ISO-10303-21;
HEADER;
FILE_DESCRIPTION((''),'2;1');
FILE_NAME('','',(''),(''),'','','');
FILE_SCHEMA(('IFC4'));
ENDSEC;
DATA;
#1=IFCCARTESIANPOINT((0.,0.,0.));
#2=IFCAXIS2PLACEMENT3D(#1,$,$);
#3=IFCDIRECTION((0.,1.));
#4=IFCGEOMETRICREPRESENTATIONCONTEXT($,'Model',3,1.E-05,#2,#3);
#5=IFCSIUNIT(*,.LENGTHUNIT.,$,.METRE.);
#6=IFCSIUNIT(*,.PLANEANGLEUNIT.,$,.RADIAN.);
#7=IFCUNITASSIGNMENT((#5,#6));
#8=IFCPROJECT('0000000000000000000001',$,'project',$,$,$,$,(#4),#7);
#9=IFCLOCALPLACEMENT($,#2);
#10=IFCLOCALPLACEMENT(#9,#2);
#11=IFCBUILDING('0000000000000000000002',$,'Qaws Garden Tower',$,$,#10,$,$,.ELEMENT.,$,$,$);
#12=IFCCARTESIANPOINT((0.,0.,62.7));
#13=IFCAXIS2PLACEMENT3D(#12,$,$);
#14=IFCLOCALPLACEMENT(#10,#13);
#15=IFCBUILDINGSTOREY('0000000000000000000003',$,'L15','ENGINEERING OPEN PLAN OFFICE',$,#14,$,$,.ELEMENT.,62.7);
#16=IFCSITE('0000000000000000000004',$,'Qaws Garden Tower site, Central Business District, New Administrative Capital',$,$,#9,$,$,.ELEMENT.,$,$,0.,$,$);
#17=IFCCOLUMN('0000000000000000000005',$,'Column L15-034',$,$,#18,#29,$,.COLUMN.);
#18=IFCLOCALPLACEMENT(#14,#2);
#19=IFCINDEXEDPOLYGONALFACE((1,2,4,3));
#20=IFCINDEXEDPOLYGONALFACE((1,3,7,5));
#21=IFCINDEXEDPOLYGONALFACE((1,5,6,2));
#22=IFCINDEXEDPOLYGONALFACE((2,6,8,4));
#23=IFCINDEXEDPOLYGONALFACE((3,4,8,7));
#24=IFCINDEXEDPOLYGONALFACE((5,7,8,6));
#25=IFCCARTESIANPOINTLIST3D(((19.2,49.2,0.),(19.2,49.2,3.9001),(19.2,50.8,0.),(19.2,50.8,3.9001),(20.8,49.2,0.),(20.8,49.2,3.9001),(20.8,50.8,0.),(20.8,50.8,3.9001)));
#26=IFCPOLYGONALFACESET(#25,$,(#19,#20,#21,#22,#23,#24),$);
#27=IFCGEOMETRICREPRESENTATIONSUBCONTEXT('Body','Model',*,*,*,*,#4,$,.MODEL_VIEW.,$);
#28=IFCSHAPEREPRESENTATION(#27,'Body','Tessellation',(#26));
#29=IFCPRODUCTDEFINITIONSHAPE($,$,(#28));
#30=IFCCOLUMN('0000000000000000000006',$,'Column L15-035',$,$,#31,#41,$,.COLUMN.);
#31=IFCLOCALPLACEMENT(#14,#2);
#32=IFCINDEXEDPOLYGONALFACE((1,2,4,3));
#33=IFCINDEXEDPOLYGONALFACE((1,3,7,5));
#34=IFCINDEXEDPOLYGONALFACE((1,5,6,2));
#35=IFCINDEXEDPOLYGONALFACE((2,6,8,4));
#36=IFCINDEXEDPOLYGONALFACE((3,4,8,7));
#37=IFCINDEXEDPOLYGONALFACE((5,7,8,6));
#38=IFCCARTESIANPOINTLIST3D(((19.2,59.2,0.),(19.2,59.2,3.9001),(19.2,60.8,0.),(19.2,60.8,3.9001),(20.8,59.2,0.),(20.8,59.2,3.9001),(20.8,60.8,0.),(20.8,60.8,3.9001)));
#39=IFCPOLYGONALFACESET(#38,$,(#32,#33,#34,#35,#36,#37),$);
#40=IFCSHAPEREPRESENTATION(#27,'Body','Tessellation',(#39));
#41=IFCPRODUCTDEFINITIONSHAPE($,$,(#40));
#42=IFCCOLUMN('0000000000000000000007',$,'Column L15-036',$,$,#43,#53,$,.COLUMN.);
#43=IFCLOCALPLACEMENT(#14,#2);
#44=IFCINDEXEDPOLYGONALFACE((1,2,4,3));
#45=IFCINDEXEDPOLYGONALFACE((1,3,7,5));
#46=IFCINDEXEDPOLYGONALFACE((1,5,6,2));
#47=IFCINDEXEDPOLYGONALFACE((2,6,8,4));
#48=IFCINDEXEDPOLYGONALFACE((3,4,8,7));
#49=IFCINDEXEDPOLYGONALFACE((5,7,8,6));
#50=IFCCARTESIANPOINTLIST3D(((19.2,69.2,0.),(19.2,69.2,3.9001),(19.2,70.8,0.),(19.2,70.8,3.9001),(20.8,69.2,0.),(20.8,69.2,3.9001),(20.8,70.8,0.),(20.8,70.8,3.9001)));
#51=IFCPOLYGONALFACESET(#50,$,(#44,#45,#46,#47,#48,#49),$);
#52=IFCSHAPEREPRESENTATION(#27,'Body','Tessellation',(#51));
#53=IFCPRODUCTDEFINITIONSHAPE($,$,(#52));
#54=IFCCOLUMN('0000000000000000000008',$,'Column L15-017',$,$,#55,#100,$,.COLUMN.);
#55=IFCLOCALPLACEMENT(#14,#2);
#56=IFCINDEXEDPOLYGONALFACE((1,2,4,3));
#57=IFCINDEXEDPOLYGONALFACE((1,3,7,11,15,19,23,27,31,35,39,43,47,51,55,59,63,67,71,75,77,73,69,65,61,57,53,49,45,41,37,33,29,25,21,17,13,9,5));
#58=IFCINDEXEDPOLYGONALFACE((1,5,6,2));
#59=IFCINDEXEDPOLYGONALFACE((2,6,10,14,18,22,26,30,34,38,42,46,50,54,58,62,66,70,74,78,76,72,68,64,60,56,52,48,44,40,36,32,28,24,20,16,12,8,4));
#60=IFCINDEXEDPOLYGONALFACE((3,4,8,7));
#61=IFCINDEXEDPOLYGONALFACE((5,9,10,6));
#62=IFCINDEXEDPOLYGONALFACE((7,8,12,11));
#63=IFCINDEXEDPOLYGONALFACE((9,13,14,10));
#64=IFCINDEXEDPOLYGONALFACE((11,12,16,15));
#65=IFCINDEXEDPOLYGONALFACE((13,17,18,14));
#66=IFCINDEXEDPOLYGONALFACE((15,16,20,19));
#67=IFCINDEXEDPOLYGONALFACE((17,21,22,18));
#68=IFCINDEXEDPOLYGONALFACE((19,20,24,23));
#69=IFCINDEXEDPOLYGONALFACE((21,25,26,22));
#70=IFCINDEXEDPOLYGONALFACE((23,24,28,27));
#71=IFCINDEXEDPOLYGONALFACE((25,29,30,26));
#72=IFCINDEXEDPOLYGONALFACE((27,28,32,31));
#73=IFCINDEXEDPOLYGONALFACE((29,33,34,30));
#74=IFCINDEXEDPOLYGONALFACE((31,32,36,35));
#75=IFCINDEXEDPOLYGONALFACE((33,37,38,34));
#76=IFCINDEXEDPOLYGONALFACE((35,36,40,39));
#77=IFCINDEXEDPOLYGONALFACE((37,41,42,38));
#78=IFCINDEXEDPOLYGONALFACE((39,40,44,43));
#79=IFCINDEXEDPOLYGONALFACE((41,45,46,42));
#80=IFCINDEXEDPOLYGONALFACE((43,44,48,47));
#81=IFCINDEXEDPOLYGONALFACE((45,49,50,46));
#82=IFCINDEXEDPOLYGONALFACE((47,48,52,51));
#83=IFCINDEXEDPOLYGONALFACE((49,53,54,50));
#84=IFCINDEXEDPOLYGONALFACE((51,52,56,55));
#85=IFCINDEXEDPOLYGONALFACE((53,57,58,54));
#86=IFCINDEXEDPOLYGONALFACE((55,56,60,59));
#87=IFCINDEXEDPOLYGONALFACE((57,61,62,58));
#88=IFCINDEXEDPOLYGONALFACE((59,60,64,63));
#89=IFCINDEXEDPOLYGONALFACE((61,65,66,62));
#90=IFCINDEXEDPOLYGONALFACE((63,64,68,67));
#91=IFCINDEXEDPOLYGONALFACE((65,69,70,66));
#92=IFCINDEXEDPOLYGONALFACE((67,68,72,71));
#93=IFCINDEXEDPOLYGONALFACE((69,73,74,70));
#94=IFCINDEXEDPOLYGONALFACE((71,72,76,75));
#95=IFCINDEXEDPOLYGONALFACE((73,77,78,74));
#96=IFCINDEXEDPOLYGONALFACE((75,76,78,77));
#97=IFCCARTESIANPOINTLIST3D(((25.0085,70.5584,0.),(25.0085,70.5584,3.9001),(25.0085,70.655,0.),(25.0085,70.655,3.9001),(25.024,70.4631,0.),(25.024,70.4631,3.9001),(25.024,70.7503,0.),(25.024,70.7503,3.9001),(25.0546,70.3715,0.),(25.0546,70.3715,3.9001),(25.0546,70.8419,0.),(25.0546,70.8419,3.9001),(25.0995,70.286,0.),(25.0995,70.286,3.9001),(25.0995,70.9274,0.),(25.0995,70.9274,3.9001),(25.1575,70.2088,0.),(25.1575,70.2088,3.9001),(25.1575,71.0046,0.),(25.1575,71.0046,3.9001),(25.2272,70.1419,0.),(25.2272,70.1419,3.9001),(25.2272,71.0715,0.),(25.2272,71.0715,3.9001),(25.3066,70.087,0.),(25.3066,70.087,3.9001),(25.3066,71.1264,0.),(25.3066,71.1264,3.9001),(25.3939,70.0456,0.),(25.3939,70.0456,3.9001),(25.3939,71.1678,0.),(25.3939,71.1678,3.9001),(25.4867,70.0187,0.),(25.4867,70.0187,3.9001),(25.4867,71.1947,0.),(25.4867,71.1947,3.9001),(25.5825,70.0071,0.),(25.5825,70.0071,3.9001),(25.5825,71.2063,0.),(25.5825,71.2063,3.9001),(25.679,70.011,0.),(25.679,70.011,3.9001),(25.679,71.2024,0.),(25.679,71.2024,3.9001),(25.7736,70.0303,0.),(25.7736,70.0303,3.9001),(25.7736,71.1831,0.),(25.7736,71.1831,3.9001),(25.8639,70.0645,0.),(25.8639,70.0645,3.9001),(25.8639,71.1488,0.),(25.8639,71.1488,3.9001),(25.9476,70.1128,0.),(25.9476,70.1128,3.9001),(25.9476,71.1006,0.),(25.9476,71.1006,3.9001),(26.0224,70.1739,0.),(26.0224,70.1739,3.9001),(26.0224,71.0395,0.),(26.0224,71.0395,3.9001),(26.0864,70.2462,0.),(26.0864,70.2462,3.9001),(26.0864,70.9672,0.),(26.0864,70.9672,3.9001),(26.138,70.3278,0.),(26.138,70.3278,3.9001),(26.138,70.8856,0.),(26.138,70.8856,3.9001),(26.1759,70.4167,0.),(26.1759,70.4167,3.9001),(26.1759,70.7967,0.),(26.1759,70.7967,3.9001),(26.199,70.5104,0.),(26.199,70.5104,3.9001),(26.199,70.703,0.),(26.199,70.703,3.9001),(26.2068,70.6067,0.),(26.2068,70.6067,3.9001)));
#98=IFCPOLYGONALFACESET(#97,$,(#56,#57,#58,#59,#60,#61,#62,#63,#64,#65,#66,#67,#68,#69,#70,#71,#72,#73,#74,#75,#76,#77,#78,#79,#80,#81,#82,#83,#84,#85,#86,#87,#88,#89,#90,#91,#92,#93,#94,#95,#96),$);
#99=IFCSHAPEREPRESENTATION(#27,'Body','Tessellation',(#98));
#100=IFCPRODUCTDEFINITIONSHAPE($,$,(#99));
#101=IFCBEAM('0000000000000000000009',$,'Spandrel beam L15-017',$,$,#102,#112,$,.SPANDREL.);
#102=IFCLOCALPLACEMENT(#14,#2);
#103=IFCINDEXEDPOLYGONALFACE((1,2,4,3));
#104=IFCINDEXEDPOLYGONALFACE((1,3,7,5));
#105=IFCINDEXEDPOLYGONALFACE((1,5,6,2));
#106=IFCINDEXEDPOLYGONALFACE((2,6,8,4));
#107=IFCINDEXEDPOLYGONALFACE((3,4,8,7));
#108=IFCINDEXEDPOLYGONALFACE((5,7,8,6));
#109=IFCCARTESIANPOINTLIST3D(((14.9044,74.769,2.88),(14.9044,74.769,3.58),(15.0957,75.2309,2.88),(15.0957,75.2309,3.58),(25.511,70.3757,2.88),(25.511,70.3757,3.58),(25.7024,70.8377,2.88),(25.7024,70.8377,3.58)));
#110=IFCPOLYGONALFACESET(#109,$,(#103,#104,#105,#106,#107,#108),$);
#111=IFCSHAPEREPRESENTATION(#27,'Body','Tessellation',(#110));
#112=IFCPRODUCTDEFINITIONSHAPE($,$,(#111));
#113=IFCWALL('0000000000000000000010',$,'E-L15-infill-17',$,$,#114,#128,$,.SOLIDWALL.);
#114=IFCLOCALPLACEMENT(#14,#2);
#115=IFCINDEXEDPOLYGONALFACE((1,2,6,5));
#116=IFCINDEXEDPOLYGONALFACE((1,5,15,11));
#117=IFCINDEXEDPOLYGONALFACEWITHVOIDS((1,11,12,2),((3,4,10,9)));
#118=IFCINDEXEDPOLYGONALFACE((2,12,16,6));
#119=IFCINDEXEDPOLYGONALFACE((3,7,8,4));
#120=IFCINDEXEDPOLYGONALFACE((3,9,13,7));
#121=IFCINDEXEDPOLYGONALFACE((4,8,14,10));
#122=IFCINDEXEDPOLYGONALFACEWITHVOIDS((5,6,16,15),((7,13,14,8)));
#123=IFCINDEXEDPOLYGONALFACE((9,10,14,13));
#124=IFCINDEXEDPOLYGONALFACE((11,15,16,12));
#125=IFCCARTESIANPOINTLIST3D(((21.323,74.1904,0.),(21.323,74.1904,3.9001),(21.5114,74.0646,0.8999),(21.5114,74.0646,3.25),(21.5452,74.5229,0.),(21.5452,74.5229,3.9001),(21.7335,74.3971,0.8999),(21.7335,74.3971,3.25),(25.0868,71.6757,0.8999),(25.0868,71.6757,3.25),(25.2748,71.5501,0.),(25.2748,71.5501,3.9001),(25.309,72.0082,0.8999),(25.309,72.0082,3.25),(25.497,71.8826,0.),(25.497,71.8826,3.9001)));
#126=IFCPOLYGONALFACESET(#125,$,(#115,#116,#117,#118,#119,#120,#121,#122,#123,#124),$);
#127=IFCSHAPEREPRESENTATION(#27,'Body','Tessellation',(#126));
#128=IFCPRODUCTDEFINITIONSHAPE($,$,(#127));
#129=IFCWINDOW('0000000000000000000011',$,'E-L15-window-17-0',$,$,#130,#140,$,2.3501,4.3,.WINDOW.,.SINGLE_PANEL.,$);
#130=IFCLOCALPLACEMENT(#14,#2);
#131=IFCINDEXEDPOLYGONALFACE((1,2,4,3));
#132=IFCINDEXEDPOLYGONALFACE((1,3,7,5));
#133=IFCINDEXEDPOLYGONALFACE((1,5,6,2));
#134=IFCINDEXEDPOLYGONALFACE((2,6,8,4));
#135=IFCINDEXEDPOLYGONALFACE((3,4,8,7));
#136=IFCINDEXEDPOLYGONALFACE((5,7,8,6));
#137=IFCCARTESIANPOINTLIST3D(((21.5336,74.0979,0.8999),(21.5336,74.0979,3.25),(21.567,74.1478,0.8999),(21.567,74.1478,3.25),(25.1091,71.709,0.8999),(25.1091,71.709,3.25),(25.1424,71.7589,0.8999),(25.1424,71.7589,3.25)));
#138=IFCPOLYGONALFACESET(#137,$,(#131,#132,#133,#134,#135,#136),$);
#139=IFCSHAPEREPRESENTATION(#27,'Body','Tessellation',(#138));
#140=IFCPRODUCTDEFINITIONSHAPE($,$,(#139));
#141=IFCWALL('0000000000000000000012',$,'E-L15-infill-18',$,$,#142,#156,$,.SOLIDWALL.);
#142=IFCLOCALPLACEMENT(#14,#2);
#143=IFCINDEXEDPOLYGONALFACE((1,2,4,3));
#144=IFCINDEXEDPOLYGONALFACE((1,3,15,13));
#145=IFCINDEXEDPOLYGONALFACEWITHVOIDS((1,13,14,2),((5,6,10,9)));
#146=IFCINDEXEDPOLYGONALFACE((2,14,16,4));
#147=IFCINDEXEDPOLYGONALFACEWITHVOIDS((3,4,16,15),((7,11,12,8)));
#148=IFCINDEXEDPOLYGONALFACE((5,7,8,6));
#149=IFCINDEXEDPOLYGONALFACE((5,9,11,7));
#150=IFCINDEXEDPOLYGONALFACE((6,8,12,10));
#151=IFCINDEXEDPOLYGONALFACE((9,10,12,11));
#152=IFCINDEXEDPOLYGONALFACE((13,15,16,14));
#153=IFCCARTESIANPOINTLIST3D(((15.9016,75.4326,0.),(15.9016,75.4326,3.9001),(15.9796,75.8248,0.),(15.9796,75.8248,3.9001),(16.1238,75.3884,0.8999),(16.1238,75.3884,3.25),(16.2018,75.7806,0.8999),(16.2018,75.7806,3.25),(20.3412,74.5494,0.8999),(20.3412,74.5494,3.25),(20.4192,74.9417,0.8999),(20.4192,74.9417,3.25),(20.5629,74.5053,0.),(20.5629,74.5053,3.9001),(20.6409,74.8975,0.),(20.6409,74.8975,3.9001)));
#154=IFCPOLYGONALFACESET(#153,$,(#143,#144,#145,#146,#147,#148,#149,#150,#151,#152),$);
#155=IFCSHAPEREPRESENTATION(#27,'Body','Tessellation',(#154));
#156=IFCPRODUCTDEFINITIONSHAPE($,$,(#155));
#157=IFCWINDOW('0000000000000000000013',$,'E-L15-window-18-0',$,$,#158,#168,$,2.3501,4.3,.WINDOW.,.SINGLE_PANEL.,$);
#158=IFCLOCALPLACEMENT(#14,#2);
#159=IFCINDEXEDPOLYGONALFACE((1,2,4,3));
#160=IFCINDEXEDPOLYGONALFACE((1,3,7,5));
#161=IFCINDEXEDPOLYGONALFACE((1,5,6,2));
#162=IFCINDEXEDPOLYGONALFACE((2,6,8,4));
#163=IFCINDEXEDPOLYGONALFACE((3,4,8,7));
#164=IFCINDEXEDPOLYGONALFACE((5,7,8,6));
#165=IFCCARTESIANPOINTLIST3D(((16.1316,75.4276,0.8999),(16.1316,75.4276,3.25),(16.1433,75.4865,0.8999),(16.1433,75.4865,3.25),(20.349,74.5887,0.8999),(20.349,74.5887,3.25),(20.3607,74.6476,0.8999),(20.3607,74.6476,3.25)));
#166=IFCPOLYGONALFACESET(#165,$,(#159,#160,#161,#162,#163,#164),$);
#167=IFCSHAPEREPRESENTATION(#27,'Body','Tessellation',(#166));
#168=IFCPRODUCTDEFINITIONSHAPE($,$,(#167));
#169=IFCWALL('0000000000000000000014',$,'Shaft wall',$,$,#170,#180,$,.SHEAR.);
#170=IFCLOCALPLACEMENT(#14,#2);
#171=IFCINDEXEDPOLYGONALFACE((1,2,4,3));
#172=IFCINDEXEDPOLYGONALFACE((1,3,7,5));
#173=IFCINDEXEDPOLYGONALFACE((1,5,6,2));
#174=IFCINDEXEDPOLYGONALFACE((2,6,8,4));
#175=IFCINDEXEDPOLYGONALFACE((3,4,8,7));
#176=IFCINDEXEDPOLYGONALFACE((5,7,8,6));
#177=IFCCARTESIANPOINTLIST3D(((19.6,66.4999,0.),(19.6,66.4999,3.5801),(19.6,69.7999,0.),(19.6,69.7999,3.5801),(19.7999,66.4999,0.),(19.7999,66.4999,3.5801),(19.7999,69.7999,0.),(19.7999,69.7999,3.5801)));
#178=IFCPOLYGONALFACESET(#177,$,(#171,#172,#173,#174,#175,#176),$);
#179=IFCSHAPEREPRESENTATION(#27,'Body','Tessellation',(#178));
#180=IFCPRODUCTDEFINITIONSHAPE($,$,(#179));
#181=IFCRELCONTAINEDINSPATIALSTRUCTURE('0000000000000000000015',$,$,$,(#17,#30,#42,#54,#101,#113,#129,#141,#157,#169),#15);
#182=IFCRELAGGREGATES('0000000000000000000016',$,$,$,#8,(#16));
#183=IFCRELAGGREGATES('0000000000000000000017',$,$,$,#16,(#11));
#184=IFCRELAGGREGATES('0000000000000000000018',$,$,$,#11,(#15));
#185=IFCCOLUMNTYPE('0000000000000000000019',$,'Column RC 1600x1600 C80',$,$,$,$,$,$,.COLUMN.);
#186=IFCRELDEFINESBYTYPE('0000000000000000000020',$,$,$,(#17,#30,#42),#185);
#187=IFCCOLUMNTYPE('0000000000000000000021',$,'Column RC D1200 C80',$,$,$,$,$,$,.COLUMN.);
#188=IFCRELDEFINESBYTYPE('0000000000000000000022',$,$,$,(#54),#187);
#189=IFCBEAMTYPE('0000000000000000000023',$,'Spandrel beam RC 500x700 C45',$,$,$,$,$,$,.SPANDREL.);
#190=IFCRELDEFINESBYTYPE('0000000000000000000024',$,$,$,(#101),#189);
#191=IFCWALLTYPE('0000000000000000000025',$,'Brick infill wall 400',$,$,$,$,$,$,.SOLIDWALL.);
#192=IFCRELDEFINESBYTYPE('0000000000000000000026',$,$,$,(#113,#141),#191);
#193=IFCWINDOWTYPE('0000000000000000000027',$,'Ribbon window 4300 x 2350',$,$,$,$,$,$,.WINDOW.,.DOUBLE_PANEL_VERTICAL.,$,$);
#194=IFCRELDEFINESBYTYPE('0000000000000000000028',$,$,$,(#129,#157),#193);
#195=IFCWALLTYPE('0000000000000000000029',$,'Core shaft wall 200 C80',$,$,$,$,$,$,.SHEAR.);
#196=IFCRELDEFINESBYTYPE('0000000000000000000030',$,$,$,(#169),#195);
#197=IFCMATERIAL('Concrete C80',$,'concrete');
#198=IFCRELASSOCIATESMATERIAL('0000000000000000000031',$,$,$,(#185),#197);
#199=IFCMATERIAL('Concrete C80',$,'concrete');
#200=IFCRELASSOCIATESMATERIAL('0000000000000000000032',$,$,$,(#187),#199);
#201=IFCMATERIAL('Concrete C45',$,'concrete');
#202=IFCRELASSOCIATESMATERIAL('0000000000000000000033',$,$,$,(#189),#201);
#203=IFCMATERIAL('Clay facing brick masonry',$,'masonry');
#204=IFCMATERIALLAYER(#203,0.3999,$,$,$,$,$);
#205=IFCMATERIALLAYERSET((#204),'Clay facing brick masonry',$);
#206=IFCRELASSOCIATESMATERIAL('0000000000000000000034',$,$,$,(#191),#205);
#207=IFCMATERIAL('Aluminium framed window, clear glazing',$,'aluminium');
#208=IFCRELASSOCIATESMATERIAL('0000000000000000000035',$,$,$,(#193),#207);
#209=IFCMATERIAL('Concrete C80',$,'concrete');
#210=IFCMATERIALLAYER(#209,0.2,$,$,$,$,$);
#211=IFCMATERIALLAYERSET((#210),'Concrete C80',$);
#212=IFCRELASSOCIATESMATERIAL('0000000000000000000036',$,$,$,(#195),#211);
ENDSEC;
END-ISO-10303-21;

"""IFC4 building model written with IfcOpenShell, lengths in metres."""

from ifc_helpers import new_model, si_unit, direction, frame, frame_2d, origin, origin_2d, place, context, subcontext, project, spatial, rectangle, circle, extrude, material, layer, layer_set, material_profile, profile_set, type_object, element, fill, save


model = new_model("IFC4")

# Units and contexts
model_context = context("Model", 3, precision=1e-05, world=origin(), true_north=direction((0.0, 1.0)))
body_context = subcontext(model_context, "Body", "Model", "MODEL_VIEW")
ifc_project = project(units=[si_unit("LENGTHUNIT", "METRE"), si_unit("PLANEANGLEUNIT", "RADIAN")], contexts=[model_context])

# Site, building, storey
site_placement = place(None, origin())
site = spatial("IfcSite", under=ifc_project, at=site_placement, Name="Qaws Garden Tower site, Central Business District, New Administrative Capital", CompositionType="ELEMENT", RefElevation=0.0)
building_placement = place(site_placement, origin())
building = spatial("IfcBuilding", under=site, at=building_placement, Name="Qaws Garden Tower", CompositionType="ELEMENT")
storey_placement = place(building_placement, frame((0.0, 0.0, 62.7)))
storey = spatial("IfcBuildingStorey", under=building, at=storey_placement, Name="L15", Description="ENGINEERING OPEN PLAN OFFICE", CompositionType="ELEMENT", Elevation=62.7)

# Columns
ifc_material_1 = material(Name="Concrete C80", Category="concrete")
ifc_material_profile_1 = material_profile(ifc_material_1, rectangle(XDim=1.6001, YDim=1.6001, at=origin_2d()), Name="RC 1600x1600")
ifc_profile_set_1 = profile_set([ifc_material_profile_1], Name="Concrete C80")
column_type_1 = type_object("IfcColumnType", Name="Column RC 1600x1600 C80", PredefinedType="COLUMN", material=ifc_profile_set_1)
for number, where, z_axis, x_axis, name in (
    (1, (20.0, 50.0, 0.0), (0.0, 0.0, 1.0), (1.0, 0.0, 0.0), "Column L15-034"),
    (2, (20.0, 60.0, 0.0), (0.0, 0.0, 1.0), (1.0, 0.0, 0.0), "Column L15-035"),
    (3, (20.0, 70.0, 0.0), (0.0, 0.0, 1.0), (1.0, 0.0, 0.0), "Column L15-036"),
):
    element("IfcColumn", number, at=place(storey_placement, frame(where, z_axis=z_axis, x_axis=x_axis)), inside=storey, type_object=column_type_1, Name=name, PredefinedType="COLUMN", context=body_context, shape_type="SweptSolid", body=[
        extrude(rectangle(XDim=1.6001, YDim=1.6001, at=origin_2d()), origin(), (0.0, 0.0, 1.0), 3.9001),
    ])
ifc_material_2 = material(Name="Concrete C80", Category="concrete")
ifc_material_profile_2 = material_profile(ifc_material_2, circle(Radius=0.6001, at=origin_2d()), Name="RC D1200")
ifc_profile_set_2 = profile_set([ifc_material_profile_2], Name="Concrete C80")
column_type_2 = type_object("IfcColumnType", Name="Column RC D1200 C80", PredefinedType="COLUMN", material=ifc_profile_set_2)
column_placement = place(storey_placement, frame((25.6067, 70.6067, 0.0), z_axis=(0.0, 0.0, 1.0), x_axis=(1.0, 0.0, 0.0)))
element("IfcColumn", 4, at=column_placement, inside=storey, type_object=column_type_2, Name="Column L15-017", PredefinedType="COLUMN", context=body_context, shape_type="SweptSolid", body=[
    extrude(circle(Radius=0.6001, at=origin_2d()), origin(), (0.0, 0.0, 1.0), 3.9001),
])

# Beam
ifc_material_3 = material(Name="Concrete C45", Category="concrete")
ifc_material_profile_3 = material_profile(ifc_material_3, rectangle(XDim=0.5, YDim=0.7, at=origin_2d()), Name="RC 500x700")
ifc_profile_set_3 = profile_set([ifc_material_profile_3], Name="Concrete C45")
beam_type = type_object("IfcBeamType", Name="Spandrel beam RC 500x700 C45", PredefinedType="SPANDREL", material=ifc_profile_set_3)
beam_placement = place(storey_placement, frame((25.6067, 70.6067, 3.23), z_axis=(-0.923883, 0.382674, 0.0), x_axis=(-0.382674, -0.923883, 0.0)))
element("IfcBeam", 5, at=beam_placement, inside=storey, type_object=beam_type, Name="Spandrel beam L15-017", PredefinedType="SPANDREL", context=body_context, shape_type="SweptSolid", body=[
    extrude(rectangle(XDim=0.5, YDim=0.7, at=origin_2d()), origin(), (0.0, 0.0, 1.0), 11.4805),
])

# Walls, openings, windows
ifc_material_4 = material(Name="Clay facing brick masonry", Category="masonry")
ifc_layer_1 = layer(ifc_material_4, 0.3999)
ifc_layer_set_1 = layer_set([ifc_layer_1], Name="Clay facing brick masonry")
wall_type_1 = type_object("IfcWallType", Name="Brick infill wall 400", PredefinedType="SOLIDWALL", material=ifc_layer_set_1)
wall_1_placement = place(storey_placement, frame((25.386, 71.7163, 0.0), z_axis=(0.0, 0.0, 1.0), x_axis=(-0.831489, 0.555542, 0.0)))
wall_1 = element("IfcWall", 6, at=wall_1_placement, inside=storey, type_object=wall_type_1, Name="E-L15-infill-17", PredefinedType="SOLIDWALL", context=body_context, shape_type="SweptSolid", body=[
    extrude(rectangle(XDim=4.7527, YDim=0.3999, at=frame_2d((2.3765, 0.0))), origin(), (0.0, 0.0, 1.0), 3.9001),
])
opening_1_placement = place(wall_1_placement, frame((0.2263, 0.0, 0.8999)))
opening_1 = element("IfcOpeningElement", 7, at=opening_1_placement, cuts=wall_1, PredefinedType="OPENING", context=body_context, shape_type="SweptSolid", body=[
    extrude(rectangle(XDim=4.3, YDim=2.3501, at=frame_2d((2.1499, 1.175))), frame((0.0, 0.21, 0.0), z_axis=(0.0, -1.0, 0.0), x_axis=(1.0, 0.0, 0.0)), (0.0, 0.0, 1.0), 0.4199),
])
ifc_material_5 = material(Name="Aluminium framed window, clear glazing", Category="aluminium")
window_type = type_object("IfcWindowType", Name="Ribbon window 4300 x 2350", PartitioningType="DOUBLE_PANEL_VERTICAL", PredefinedType="WINDOW", material=ifc_material_5)
window_1_placement = place(opening_1_placement, origin())
window_1 = element("IfcWindow", 8, at=window_1_placement, inside=storey, type_object=window_type, Name="E-L15-window-17-0", OverallHeight=2.3501, OverallWidth=4.3, PartitioningType="SINGLE_PANEL", PredefinedType="WINDOW", context=body_context, shape_type="SweptSolid", body=[
    extrude(rectangle(XDim=4.3, YDim=2.3501, at=frame_2d((2.1499, 1.175))), frame((0.0, 0.1599, 0.0), z_axis=(0.0, -1.0, 0.0), x_axis=(1.0, 0.0, 0.0)), (0.0, 0.0, 1.0), 0.0601),
])
fill(opening_1, window_1)
wall_2_placement = place(storey_placement, frame((20.6021, 74.7014, 0.0), z_axis=(0.0, 0.0, 1.0), x_axis=(-0.980784, 0.195099, 0.0)))
wall_2 = element("IfcWall", 9, at=wall_2_placement, inside=storey, type_object=wall_type_1, Name="E-L15-infill-18", PredefinedType="SOLIDWALL", context=body_context, shape_type="SweptSolid", body=[
    extrude(rectangle(XDim=4.7527, YDim=0.3999, at=frame_2d((2.3765, 0.0))), origin(), (0.0, 0.0, 1.0), 3.9001),
])
opening_2_placement = place(wall_2_placement, frame((0.2263, 0.0, 0.8999)))
opening_2 = element("IfcOpeningElement", 10, at=opening_2_placement, cuts=wall_2, PredefinedType="OPENING", context=body_context, shape_type="SweptSolid", body=[
    extrude(rectangle(XDim=4.3, YDim=2.3501, at=frame_2d((2.1499, 1.175))), frame((0.0, 0.21, 0.0), z_axis=(0.0, -1.0, 0.0), x_axis=(1.0, 0.0, 0.0)), (0.0, 0.0, 1.0), 0.4199),
])
window_2_placement = place(opening_2_placement, origin())
window_2 = element("IfcWindow", 11, at=window_2_placement, inside=storey, type_object=window_type, Name="E-L15-window-18-0", OverallHeight=2.3501, OverallWidth=4.3, PartitioningType="SINGLE_PANEL", PredefinedType="WINDOW", context=body_context, shape_type="SweptSolid", body=[
    extrude(rectangle(XDim=4.3, YDim=2.3501, at=frame_2d((2.1499, 1.175))), frame((0.0, 0.1599, 0.0), z_axis=(0.0, -1.0, 0.0), x_axis=(1.0, 0.0, 0.0)), (0.0, 0.0, 1.0), 0.0601),
])
fill(opening_2, window_2)

# Wall
ifc_material_6 = material(Name="Concrete C80", Category="concrete")
ifc_layer_2 = layer(ifc_material_6, 0.2)
ifc_layer_set_2 = layer_set([ifc_layer_2], Name="Concrete C80")
wall_type_2 = type_object("IfcWallType", Name="Core shaft wall 200 C80", PredefinedType="SHEAR", material=ifc_layer_set_2)
wall_3_placement = place(storey_placement, frame((19.7, 66.5, 0.0), z_axis=(0.0, 0.0, 1.0), x_axis=(0.0, 1.0, 0.0)))
element("IfcWall", 12, at=wall_3_placement, inside=storey, type_object=wall_type_2, Name="Shaft wall", PredefinedType="SHEAR", context=body_context, shape_type="SweptSolid", body=[
    extrude(rectangle(XDim=3.3, YDim=0.2, at=frame_2d((1.6499, 0.0))), origin(), (0.0, 0.0, 1.0), 3.5801),
])

save(model, "model.ifc")
